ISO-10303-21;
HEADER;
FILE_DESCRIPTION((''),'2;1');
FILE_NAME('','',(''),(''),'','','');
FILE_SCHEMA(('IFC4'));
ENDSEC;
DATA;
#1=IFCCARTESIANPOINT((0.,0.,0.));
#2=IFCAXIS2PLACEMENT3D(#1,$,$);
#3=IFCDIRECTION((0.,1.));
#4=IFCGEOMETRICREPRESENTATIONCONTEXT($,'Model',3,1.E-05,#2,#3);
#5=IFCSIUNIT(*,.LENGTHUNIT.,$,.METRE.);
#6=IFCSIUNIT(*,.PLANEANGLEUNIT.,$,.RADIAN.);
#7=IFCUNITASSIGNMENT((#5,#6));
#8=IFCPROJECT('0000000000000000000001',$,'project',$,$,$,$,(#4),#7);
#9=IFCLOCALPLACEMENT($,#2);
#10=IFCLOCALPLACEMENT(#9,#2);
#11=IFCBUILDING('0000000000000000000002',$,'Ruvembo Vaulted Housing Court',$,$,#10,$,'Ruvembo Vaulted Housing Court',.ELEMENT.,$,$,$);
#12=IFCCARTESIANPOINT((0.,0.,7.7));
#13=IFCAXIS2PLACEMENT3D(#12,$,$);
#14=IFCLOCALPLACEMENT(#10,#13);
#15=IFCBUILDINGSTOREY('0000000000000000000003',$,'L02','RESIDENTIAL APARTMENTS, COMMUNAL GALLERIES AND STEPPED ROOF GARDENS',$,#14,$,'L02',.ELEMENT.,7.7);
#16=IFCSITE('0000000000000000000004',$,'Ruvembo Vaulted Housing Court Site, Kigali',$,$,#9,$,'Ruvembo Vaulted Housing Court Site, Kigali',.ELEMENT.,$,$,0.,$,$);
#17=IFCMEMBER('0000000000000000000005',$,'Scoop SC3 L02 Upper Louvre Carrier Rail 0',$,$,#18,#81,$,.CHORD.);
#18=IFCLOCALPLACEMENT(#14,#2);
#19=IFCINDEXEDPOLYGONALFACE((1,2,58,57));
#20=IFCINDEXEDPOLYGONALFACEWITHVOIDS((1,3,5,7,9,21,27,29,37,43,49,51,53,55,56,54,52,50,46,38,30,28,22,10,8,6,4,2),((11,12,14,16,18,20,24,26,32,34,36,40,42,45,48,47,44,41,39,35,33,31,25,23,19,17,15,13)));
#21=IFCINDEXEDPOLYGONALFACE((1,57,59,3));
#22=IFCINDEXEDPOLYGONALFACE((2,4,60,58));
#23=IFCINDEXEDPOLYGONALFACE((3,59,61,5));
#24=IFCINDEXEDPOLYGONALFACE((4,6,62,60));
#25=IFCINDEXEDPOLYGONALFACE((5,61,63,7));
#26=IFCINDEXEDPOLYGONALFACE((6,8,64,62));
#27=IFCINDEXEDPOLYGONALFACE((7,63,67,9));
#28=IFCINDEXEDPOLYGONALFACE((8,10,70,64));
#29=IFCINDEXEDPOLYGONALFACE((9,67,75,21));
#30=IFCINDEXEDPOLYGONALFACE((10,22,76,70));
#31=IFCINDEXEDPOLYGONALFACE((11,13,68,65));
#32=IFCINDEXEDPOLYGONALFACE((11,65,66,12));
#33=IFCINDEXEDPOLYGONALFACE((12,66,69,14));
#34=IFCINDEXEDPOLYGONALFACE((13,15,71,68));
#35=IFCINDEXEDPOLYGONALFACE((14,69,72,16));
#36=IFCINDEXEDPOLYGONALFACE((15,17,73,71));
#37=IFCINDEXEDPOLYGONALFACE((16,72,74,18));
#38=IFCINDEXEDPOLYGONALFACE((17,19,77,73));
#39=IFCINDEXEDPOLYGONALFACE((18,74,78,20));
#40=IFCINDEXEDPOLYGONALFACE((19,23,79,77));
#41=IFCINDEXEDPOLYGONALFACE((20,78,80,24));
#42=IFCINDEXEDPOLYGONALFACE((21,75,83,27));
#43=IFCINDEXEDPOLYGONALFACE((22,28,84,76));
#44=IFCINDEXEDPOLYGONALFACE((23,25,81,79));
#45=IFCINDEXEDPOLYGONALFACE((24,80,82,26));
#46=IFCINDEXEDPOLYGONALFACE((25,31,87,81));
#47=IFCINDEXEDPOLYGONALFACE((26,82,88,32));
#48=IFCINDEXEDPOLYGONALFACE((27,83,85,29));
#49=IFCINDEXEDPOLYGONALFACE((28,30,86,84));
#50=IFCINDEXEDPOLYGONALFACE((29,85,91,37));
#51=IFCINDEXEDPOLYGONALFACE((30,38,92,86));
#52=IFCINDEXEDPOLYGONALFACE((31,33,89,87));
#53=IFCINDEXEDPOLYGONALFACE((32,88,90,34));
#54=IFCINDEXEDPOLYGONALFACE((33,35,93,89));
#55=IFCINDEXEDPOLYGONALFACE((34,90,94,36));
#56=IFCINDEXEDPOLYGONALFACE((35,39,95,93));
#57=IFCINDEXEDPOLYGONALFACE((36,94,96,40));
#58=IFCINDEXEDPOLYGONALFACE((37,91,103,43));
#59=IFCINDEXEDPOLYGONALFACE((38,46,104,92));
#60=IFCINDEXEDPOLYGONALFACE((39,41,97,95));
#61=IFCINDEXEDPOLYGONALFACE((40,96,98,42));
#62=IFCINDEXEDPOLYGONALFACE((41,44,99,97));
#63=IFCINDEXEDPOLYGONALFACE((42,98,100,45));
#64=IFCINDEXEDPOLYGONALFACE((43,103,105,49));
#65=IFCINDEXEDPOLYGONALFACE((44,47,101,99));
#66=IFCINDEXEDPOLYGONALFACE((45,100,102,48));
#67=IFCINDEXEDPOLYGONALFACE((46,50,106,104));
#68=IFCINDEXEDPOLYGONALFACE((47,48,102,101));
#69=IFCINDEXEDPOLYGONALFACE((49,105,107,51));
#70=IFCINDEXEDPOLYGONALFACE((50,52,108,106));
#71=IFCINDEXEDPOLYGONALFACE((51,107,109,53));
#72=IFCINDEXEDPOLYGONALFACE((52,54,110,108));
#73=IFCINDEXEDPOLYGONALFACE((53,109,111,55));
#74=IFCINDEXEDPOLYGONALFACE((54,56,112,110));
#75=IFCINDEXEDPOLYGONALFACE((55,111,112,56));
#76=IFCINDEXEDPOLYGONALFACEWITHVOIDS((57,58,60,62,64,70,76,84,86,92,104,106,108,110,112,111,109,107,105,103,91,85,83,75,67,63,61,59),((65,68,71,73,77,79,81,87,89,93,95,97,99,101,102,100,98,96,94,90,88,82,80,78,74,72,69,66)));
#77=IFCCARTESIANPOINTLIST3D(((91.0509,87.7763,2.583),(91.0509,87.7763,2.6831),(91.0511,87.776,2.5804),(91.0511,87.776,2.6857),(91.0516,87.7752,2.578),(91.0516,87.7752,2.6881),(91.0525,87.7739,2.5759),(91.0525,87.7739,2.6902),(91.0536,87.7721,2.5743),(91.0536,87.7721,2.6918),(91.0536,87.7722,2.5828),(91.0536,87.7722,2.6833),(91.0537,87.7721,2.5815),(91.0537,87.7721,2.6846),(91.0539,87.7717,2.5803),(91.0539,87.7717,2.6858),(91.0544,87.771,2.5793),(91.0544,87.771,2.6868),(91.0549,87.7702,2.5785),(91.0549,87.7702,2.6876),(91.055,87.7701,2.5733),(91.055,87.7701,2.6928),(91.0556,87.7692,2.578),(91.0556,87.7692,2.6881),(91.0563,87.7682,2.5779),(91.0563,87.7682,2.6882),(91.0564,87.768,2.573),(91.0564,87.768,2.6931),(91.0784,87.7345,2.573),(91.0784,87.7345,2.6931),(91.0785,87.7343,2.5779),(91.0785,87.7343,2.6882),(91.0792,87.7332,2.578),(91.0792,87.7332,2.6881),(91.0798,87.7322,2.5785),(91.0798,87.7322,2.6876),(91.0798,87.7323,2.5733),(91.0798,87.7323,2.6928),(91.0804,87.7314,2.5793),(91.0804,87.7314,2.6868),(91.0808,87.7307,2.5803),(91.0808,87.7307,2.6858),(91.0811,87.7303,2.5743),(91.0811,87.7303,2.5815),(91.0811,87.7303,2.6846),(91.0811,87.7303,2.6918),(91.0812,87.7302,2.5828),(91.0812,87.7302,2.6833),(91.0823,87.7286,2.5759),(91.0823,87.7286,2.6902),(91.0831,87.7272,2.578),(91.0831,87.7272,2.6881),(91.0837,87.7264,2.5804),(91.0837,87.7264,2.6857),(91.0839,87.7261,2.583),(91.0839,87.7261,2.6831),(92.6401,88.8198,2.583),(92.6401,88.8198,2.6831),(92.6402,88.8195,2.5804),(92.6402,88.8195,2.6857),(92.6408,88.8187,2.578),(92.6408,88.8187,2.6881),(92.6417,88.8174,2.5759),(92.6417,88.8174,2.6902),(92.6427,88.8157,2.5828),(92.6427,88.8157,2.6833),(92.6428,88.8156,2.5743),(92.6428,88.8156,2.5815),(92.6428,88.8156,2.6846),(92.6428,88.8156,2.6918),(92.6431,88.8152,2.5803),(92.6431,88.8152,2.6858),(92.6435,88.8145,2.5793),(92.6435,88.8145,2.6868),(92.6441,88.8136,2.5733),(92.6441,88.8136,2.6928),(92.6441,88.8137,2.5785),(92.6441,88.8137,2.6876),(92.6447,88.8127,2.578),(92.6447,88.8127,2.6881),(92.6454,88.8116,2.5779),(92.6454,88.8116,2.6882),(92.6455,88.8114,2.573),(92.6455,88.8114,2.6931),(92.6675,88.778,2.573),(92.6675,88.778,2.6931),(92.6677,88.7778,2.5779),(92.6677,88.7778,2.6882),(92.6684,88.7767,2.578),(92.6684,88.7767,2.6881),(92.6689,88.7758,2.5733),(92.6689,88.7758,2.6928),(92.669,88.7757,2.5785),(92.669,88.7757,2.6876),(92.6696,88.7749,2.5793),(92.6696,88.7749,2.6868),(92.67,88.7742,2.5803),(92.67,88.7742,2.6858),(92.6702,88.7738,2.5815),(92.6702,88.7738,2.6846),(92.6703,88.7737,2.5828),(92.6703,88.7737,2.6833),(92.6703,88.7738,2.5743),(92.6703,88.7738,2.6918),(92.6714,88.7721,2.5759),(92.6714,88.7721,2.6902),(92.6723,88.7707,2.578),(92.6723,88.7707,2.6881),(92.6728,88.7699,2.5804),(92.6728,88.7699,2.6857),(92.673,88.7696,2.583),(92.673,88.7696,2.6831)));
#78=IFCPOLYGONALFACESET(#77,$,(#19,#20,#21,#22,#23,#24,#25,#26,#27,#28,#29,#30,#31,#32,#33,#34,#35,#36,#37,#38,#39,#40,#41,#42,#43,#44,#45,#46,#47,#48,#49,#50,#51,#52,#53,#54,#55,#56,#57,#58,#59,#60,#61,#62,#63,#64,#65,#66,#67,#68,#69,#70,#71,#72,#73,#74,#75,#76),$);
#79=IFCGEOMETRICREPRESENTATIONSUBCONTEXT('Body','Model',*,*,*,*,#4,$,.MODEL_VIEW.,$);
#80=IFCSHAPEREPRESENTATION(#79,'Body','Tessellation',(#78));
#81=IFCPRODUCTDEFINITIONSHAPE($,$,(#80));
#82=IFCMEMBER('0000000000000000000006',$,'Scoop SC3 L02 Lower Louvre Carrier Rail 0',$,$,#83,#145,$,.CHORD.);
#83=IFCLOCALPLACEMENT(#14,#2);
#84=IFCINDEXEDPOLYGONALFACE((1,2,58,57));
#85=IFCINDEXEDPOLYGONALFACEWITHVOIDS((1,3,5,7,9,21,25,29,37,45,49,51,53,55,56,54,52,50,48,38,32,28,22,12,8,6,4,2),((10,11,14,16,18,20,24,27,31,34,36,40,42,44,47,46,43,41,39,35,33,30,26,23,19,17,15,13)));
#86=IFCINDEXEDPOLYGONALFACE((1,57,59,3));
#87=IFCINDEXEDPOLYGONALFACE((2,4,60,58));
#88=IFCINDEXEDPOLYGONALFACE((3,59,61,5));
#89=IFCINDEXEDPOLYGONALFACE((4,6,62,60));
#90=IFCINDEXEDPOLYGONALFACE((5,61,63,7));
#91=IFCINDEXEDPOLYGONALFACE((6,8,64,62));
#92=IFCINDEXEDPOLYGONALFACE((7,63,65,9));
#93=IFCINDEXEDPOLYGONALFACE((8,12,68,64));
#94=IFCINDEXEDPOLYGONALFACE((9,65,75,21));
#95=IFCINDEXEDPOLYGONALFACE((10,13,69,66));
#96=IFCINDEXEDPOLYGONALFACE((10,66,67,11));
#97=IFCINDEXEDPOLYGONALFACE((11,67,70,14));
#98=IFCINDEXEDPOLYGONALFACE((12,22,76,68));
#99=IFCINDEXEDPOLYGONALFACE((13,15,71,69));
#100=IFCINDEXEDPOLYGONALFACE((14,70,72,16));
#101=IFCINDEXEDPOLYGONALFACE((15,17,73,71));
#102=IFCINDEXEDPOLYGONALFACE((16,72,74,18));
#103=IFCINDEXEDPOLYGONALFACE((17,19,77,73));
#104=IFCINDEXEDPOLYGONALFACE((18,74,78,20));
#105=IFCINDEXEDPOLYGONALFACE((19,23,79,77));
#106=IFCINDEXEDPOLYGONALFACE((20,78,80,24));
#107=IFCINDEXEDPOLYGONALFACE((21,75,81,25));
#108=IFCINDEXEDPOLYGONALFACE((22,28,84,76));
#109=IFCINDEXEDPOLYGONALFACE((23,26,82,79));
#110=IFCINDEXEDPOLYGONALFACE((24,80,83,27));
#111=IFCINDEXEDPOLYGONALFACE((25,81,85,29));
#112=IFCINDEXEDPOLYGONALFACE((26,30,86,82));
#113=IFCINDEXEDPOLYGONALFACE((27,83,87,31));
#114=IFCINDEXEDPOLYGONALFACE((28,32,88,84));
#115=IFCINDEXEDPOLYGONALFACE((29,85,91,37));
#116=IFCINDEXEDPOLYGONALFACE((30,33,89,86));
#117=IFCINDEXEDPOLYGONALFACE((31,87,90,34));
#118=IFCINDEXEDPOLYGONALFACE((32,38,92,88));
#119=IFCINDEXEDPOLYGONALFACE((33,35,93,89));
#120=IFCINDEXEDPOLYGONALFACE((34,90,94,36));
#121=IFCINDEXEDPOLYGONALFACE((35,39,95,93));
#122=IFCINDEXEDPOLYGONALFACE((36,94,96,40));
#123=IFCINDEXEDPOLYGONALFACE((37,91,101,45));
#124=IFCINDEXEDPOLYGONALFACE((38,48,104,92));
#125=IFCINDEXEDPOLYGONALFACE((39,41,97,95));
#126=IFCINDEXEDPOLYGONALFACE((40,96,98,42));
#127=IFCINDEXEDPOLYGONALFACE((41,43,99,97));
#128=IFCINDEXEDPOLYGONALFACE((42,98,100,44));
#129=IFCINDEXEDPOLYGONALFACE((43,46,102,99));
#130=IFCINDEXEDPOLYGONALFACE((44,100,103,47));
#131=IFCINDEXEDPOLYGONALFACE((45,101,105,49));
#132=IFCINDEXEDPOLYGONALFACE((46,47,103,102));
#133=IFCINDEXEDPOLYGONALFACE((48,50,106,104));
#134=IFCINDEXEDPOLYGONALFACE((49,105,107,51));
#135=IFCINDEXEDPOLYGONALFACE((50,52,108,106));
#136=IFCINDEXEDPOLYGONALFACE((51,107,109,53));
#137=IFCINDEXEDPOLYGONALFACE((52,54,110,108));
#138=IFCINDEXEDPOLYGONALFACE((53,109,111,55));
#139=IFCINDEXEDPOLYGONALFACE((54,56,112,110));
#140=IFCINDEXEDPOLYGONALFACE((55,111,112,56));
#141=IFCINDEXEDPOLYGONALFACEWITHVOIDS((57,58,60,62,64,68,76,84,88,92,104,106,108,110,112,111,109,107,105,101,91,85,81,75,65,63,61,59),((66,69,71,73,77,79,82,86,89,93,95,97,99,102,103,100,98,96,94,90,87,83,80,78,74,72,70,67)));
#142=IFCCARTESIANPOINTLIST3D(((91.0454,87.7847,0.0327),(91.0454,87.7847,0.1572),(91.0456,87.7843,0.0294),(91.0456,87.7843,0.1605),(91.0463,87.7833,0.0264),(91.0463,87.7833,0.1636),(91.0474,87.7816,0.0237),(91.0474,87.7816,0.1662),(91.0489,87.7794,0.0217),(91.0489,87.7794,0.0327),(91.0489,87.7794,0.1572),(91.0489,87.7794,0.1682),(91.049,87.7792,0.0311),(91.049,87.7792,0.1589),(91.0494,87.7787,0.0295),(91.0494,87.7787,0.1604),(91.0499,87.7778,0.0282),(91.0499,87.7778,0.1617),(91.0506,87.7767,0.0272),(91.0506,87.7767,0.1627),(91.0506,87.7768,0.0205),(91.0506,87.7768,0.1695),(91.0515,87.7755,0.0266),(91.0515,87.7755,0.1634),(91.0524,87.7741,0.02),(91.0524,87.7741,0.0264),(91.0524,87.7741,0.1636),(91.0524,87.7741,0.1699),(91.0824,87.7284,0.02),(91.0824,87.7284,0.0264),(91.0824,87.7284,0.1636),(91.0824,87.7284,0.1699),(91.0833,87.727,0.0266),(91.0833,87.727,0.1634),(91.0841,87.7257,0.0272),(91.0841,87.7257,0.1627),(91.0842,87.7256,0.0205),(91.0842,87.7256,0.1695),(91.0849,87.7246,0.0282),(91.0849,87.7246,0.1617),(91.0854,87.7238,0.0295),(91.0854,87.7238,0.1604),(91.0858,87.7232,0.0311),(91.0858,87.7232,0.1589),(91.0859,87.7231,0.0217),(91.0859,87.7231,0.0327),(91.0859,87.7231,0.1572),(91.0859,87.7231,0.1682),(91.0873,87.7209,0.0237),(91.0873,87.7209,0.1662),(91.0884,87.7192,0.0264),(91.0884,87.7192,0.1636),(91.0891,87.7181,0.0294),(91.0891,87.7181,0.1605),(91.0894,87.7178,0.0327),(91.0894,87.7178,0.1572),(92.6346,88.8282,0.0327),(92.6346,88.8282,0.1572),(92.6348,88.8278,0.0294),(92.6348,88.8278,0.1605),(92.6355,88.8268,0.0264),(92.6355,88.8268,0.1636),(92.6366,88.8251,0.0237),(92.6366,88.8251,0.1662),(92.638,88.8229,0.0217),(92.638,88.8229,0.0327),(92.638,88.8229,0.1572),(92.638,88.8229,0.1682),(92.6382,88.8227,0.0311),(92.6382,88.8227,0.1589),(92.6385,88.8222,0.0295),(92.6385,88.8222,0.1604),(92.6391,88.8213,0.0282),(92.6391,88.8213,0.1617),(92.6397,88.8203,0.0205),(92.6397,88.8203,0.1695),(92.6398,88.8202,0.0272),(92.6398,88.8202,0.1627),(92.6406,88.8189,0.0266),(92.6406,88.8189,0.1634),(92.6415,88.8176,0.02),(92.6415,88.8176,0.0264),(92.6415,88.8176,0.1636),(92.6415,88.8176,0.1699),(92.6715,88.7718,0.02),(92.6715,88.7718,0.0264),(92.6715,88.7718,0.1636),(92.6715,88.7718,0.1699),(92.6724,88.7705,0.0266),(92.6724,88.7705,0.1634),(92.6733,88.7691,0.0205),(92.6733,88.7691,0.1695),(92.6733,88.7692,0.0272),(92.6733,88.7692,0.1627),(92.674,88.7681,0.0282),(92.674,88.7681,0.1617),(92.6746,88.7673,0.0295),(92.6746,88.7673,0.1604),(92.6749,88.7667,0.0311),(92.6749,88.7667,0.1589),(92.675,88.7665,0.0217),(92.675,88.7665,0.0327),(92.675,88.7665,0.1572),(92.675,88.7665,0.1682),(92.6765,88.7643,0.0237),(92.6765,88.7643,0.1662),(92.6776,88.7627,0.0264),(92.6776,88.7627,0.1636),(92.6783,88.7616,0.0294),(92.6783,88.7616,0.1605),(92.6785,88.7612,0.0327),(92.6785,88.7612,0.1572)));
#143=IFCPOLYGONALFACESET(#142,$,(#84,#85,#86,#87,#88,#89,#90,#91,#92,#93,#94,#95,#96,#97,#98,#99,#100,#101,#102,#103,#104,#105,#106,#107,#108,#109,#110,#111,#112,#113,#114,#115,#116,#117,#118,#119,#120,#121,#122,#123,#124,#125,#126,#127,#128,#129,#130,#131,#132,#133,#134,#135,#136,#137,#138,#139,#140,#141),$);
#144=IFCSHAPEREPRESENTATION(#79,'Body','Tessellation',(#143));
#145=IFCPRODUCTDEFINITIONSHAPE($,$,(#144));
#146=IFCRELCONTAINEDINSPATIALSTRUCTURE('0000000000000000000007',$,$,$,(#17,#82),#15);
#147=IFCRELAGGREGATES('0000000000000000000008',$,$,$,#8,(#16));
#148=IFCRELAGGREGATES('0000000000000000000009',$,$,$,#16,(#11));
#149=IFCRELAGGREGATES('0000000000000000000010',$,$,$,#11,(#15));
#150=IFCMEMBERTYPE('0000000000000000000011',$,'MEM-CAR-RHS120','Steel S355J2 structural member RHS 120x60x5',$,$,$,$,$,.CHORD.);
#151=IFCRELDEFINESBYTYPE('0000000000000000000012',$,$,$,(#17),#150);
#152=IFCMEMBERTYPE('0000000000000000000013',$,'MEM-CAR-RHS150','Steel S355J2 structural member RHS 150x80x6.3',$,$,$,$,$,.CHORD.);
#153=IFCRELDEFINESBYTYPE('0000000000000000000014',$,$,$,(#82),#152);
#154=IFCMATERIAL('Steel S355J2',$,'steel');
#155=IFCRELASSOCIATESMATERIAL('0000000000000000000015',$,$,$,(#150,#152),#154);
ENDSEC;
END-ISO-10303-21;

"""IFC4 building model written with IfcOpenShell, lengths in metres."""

from ifc_helpers import new_model, si_unit, direction, frame, origin, origin_2d, place, context, subcontext, project, spatial, hollow_rectangle, extrude, material, material_profile, profile_set, type_object, element, save


model = new_model("IFC4")

# Units and contexts
model_context = context("Model", 3, precision=1e-05, world=origin(), true_north=direction((0.0, 1.0)))
body_context = subcontext(model_context, "Body", "Model", "MODEL_VIEW")
ifc_project = project(units=[si_unit("LENGTHUNIT", "METRE"), si_unit("PLANEANGLEUNIT", "RADIAN")], contexts=[model_context])

# Site, building, storey
site_placement = place(None, origin())
site = spatial("IfcSite", under=ifc_project, at=site_placement, Name="Ruvembo Vaulted Housing Court Site, Kigali", LongName="Ruvembo Vaulted Housing Court Site, Kigali", CompositionType="ELEMENT", RefElevation=0.0)
building_placement = place(site_placement, origin())
building = spatial("IfcBuilding", under=site, at=building_placement, Name="Ruvembo Vaulted Housing Court", LongName="Ruvembo Vaulted Housing Court", CompositionType="ELEMENT")
storey_placement = place(building_placement, frame((0.0, 0.0, 7.7)))
storey = spatial("IfcBuildingStorey", under=building, at=storey_placement, Name="L02", Description="RESIDENTIAL APARTMENTS, COMMUNAL GALLERIES AND STEPPED ROOF GARDENS", LongName="L02", CompositionType="ELEMENT", Elevation=7.7)

# Shared definitions
ifc_material_1 = material(Name="Steel S355J2", Category="steel")

# Members
ifc_material_profile_1 = material_profile(ifc_material_1, hollow_rectangle(XDim=0.0601, YDim=0.1201, WallThickness=0.0049, InnerFilletRadius=0.0049, OuterFilletRadius=0.01, at=origin_2d()), Name="RHS 120x60x5")
ifc_profile_set_1 = profile_set([ifc_material_profile_1], Name="Steel S355J2")
member_type_1 = type_object("IfcMemberType", Name="MEM-CAR-RHS120", Description="Steel S355J2 structural member RHS 120x60x5", PredefinedType="CHORD", material=ifc_profile_set_1)
member_1_placement = place(storey_placement, frame((91.0674, 87.7512, 2.6331), z_axis=(0.835902, 0.548878, 0.0), x_axis=(-0.548878, 0.835902, 0.0)))
element("IfcMember", 1, at=member_1_placement, inside=storey, type_object=member_type_1, Name="Scoop SC3 L02 Upper Louvre Carrier Rail 0", PredefinedType="CHORD", context=body_context, shape_type="SweptSolid", body=[
    extrude(hollow_rectangle(XDim=0.0601, YDim=0.1201, WallThickness=0.0049, InnerFilletRadius=0.0049, OuterFilletRadius=0.01, at=origin_2d()), origin(), (0.0, 0.0, 1.0), 1.9011),
])
ifc_material_profile_2 = material_profile(ifc_material_1, hollow_rectangle(XDim=0.0801, YDim=0.1499, WallThickness=0.0063, InnerFilletRadius=0.0063, OuterFilletRadius=0.0127, at=origin_2d()), Name="RHS 150x80x6.3")
ifc_profile_set_2 = profile_set([ifc_material_profile_2], Name="Steel S355J2")
member_type_2 = type_object("IfcMemberType", Name="MEM-CAR-RHS150", Description="Steel S355J2 structural member RHS 150x80x6.3", PredefinedType="CHORD", material=ifc_profile_set_2)
member_2_placement = place(storey_placement, frame((91.0674, 87.7512, 0.095), z_axis=(0.835902, 0.548878, 0.0), x_axis=(-0.548878, 0.835902, 0.0)))
element("IfcMember", 2, at=member_2_placement, inside=storey, type_object=member_type_2, Name="Scoop SC3 L02 Lower Louvre Carrier Rail 0", PredefinedType="CHORD", context=body_context, shape_type="SweptSolid", body=[
    extrude(hollow_rectangle(XDim=0.0801, YDim=0.1499, WallThickness=0.0063, InnerFilletRadius=0.0063, OuterFilletRadius=0.0127, at=origin_2d()), origin(), (0.0, 0.0, 1.0), 1.9011),
])

save(model, "model.ifc")
